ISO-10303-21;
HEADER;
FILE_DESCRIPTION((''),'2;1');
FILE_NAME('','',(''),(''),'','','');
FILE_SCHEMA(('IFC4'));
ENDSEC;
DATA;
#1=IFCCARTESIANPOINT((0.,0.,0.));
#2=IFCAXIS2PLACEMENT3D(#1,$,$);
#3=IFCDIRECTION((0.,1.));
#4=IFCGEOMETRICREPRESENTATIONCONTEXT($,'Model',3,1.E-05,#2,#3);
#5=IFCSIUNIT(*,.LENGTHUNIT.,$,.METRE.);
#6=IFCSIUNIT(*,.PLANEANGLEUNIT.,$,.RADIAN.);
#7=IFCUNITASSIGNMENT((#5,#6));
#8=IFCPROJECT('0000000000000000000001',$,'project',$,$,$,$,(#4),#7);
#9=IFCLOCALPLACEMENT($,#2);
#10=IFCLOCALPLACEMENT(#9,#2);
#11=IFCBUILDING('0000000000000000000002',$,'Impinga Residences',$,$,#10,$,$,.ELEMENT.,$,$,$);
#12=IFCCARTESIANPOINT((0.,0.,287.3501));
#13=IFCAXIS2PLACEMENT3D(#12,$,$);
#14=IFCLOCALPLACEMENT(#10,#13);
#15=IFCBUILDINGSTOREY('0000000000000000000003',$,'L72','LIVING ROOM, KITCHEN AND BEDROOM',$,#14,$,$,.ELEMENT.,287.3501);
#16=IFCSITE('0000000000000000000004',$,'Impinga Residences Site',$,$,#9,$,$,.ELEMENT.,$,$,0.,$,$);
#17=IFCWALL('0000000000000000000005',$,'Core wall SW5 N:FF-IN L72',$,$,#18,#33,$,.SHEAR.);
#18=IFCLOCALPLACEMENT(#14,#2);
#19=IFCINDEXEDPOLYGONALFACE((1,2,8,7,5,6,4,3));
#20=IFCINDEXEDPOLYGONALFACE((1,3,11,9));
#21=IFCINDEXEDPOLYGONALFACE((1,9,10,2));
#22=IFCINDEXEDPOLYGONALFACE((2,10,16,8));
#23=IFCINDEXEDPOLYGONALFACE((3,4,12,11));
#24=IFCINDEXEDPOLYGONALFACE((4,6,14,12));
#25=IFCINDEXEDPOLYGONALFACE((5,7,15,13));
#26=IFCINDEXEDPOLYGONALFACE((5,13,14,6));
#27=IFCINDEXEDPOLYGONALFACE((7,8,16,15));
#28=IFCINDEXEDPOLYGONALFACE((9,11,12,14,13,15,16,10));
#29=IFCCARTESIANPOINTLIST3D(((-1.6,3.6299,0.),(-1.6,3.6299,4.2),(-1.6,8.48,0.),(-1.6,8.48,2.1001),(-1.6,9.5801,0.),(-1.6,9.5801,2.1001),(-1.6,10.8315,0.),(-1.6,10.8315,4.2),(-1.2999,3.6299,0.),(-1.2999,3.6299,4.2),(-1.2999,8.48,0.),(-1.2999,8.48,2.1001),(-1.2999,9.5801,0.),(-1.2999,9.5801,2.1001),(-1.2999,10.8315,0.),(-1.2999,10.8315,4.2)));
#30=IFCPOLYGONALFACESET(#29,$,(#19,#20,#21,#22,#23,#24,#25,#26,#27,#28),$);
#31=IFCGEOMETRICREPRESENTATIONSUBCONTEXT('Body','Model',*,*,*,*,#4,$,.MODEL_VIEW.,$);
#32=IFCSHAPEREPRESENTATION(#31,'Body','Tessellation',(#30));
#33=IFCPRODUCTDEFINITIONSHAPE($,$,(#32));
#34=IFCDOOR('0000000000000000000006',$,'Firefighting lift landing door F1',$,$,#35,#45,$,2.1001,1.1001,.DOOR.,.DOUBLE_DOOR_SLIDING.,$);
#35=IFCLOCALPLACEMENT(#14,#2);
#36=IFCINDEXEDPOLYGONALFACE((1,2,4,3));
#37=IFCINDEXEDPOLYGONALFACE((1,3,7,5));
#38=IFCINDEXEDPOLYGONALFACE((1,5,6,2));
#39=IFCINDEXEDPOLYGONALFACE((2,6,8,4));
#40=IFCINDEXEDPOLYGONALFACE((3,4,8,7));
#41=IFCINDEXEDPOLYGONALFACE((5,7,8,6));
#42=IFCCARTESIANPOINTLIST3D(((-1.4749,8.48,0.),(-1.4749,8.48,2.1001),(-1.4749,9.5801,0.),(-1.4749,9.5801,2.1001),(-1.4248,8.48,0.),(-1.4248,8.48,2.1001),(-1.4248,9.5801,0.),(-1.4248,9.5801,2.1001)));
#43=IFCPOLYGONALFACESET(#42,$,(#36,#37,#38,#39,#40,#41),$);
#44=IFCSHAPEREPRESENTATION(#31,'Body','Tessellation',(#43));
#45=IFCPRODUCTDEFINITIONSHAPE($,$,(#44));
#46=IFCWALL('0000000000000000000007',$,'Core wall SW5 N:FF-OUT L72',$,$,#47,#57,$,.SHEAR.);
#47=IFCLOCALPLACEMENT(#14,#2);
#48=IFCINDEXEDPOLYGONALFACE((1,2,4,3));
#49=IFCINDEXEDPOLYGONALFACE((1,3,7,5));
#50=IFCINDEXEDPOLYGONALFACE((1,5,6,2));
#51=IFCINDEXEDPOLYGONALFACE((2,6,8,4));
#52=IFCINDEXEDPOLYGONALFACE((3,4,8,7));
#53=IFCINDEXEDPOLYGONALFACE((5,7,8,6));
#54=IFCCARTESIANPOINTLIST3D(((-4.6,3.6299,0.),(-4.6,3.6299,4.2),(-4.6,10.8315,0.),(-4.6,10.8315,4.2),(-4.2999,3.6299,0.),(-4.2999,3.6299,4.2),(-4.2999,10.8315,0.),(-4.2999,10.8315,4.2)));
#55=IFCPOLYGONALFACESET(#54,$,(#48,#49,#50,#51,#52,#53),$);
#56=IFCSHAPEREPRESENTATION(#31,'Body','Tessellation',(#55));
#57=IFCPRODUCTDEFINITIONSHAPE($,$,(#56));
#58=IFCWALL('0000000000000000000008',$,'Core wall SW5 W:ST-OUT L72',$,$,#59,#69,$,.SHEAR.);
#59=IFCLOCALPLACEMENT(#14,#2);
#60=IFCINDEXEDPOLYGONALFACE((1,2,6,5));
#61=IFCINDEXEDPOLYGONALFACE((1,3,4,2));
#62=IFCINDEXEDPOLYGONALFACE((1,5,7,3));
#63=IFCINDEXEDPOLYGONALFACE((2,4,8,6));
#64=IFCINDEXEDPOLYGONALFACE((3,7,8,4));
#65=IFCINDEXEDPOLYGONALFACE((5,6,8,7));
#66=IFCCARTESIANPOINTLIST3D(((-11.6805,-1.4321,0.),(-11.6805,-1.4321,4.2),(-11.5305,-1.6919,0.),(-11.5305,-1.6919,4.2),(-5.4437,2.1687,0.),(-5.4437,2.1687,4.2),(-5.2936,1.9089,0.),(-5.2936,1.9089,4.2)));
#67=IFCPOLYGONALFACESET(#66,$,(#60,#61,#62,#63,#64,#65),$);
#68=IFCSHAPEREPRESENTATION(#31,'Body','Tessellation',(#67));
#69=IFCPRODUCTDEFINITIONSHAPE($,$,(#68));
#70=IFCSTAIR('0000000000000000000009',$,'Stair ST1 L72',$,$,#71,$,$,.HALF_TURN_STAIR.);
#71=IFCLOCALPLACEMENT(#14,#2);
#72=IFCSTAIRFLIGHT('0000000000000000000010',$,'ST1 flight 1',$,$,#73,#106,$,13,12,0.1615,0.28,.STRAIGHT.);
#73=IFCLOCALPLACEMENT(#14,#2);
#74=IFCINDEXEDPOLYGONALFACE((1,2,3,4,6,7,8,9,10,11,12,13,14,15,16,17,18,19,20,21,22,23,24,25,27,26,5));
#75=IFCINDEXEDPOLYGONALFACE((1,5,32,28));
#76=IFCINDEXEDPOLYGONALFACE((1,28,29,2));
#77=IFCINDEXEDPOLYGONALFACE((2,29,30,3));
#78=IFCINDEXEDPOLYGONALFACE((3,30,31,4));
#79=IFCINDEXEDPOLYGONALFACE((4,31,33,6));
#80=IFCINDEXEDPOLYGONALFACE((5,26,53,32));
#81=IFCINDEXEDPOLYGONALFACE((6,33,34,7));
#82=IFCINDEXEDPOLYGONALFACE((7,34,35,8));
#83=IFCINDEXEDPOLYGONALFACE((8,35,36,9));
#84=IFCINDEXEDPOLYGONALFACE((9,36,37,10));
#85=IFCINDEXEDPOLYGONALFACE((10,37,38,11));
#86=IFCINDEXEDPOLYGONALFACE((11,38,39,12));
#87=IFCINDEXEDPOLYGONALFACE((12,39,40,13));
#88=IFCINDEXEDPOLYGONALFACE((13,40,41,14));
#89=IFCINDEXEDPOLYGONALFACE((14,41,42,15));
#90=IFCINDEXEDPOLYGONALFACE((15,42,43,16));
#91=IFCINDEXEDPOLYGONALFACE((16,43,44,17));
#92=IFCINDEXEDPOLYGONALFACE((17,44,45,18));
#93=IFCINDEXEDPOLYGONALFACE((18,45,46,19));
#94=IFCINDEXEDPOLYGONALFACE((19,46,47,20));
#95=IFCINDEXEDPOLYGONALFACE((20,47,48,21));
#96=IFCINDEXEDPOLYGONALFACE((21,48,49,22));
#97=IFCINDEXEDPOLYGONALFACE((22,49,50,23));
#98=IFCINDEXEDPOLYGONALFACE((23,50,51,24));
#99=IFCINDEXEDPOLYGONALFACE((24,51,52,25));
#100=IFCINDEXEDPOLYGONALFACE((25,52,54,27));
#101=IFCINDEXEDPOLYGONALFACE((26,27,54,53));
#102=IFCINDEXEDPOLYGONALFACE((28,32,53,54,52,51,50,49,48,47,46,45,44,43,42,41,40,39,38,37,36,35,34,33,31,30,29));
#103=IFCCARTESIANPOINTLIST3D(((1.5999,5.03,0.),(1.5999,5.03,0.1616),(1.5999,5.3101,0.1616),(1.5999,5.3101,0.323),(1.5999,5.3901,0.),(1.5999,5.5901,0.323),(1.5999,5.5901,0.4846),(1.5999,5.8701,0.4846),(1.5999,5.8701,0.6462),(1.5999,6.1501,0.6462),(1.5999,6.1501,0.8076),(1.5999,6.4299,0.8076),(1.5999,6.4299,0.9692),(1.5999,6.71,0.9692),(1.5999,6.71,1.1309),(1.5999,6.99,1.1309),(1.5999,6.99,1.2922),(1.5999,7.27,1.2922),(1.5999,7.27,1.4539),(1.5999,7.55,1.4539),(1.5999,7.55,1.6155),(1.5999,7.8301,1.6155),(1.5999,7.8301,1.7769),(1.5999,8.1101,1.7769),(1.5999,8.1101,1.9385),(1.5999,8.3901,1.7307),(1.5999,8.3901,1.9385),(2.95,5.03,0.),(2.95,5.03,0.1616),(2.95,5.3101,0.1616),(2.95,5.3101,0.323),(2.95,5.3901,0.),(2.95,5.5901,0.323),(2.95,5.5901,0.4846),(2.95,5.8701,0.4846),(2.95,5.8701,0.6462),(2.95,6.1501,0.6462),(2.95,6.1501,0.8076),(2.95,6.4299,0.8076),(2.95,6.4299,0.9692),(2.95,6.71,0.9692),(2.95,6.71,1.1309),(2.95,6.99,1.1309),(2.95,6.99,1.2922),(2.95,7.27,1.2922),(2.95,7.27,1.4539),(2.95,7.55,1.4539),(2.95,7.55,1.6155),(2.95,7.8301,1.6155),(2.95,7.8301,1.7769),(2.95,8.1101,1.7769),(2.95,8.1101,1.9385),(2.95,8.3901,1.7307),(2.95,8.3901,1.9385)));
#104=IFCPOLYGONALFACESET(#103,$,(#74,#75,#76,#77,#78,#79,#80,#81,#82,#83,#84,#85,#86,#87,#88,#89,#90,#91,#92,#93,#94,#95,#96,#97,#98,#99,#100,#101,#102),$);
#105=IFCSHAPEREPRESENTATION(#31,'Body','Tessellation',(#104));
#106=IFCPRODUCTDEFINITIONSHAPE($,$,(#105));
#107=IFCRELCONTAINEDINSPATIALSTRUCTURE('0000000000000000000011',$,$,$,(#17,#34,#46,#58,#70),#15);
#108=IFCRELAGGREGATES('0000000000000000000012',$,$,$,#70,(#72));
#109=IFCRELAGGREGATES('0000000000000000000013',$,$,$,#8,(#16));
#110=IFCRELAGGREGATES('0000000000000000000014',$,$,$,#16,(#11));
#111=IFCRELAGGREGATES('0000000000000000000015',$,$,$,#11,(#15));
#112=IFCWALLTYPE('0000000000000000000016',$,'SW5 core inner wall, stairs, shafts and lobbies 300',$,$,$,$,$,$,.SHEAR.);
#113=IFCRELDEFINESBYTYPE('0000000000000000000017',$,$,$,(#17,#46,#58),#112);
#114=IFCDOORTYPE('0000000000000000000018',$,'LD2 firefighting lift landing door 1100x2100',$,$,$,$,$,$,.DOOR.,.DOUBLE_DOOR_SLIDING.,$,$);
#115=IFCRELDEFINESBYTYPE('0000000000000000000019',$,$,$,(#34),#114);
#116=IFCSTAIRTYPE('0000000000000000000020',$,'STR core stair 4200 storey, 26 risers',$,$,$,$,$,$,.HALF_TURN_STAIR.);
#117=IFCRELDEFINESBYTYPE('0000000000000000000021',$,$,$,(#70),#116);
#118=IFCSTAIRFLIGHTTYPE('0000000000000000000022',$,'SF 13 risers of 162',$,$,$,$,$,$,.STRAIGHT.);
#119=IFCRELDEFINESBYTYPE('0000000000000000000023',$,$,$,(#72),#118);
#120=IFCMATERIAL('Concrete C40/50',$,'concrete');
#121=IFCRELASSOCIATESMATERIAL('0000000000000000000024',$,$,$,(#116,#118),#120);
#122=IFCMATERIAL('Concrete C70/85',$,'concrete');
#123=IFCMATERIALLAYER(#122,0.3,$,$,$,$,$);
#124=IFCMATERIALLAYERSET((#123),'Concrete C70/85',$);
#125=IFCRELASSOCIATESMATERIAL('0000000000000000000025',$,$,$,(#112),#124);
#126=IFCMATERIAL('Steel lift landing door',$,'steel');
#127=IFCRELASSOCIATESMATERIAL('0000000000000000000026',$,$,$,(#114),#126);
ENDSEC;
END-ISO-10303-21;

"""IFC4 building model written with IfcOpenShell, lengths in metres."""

from ifc_helpers import new_model, si_unit, direction, frame, frame_2d, origin, place, context, subcontext, project, spatial, polyline, rectangle, outline, extrude, material, layer, layer_set, type_object, element, fill, aggregate, save


model = new_model("IFC4")

# Units and contexts
model_context = context("Model", 3, precision=1e-05, world=origin(), true_north=direction((0.0, 1.0)))
body_context = subcontext(model_context, "Body", "Model", "MODEL_VIEW")
ifc_project = project(units=[si_unit("LENGTHUNIT", "METRE"), si_unit("PLANEANGLEUNIT", "RADIAN")], contexts=[model_context])

# Site, building, storey
site_placement = place(None, origin())
site = spatial("IfcSite", under=ifc_project, at=site_placement, Name="Impinga Residences Site", CompositionType="ELEMENT", RefElevation=0.0)
building_placement = place(site_placement, origin())
building = spatial("IfcBuilding", under=site, at=building_placement, Name="Impinga Residences", CompositionType="ELEMENT")
storey_placement = place(building_placement, frame((0.0, 0.0, 287.3501)))
storey = spatial("IfcBuildingStorey", under=building, at=storey_placement, Name="L72", Description="LIVING ROOM, KITCHEN AND BEDROOM", CompositionType="ELEMENT", Elevation=287.3501)

# Shared definitions
ifc_material_1 = material(Name="Concrete C40/50", Category="concrete")
stair_type_1 = type_object("IfcStairType", Name="STR core stair 4200 storey, 26 risers", PredefinedType="HALF_TURN_STAIR", material=ifc_material_1)

# Shared definitions
ifc_material_2 = material(Name="Concrete C70/85", Category="concrete")
ifc_layer_1 = layer(ifc_material_2, 0.3)
ifc_layer_set_1 = layer_set([ifc_layer_1], Name="Concrete C70/85")
wall_type = type_object("IfcWallType", Name="SW5 core inner wall, stairs, shafts and lobbies 300", PredefinedType="SHEAR", material=ifc_layer_set_1)

# Wall, opening, door
wall_1_placement = place(storey_placement, frame((-1.45, 3.6299, 0.0), z_axis=(0.0, 0.0, 1.0), x_axis=(0.0, 1.0, 0.0)))
wall_1 = element("IfcWall", 1, at=wall_1_placement, inside=storey, type_object=wall_type, Name="Core wall SW5 N:FF-IN L72", PredefinedType="SHEAR", context=body_context, shape_type="SweptSolid", body=[
    extrude(rectangle(XDim=7.2017, YDim=0.3, at=frame_2d((3.6008, 0.0))), origin(), (0.0, 0.0, 1.0), 4.2),
])
opening_1_placement = place(wall_1_placement, frame((4.8501, 0.0, 0.0)))
opening_1 = element("IfcOpeningElement", 2, at=opening_1_placement, cuts=wall_1, PredefinedType="OPENING", context=body_context, shape_type="SweptSolid", body=[
    extrude(rectangle(XDim=1.1001, YDim=2.1001, at=frame_2d((0.55, 1.05))), frame((0.0, 0.1599, 0.0), z_axis=(0.0, -1.0, 0.0), x_axis=(1.0, 0.0, 0.0)), (0.0, 0.0, 1.0), 0.3201),
])
ifc_material_3 = material(Name="Steel lift landing door", Category="steel")
door_type_1 = type_object("IfcDoorType", Name="LD2 firefighting lift landing door 1100x2100", OperationType="DOUBLE_DOOR_SLIDING", PredefinedType="DOOR", material=ifc_material_3)
door_1_placement = place(opening_1_placement, origin())
door_1 = element("IfcDoor", 3, at=door_1_placement, inside=storey, type_object=door_type_1, Name="Firefighting lift landing door F1", OperationType="DOUBLE_DOOR_SLIDING", OverallHeight=2.1001, OverallWidth=1.1001, PredefinedType="DOOR", context=body_context, shape_type="SweptSolid", body=[
    extrude(rectangle(XDim=1.1001, YDim=2.1001, at=frame_2d((0.55, 1.05))), frame((0.0, 0.0249, 0.0), z_axis=(0.0, -1.0, 0.0), x_axis=(1.0, 0.0, 0.0)), (0.0, 0.0, 1.0), 0.05),
])
fill(opening_1, door_1)

# Walls
for number, where, z_axis, x_axis, name in (
    (4, (-4.45, 3.6299, 0.0), (0.0, 0.0, 1.0), (0.0, 1.0, 0.0), "Core wall SW5 N:FF-OUT L72"),
    (5, (-5.3687, 2.0388, 0.0), (0.0, 0.0, 1.0), (-0.866025, -0.5, 0.0), "Core wall SW5 W:ST-OUT L72"),
):
    element("IfcWall", number, at=place(storey_placement, frame(where, z_axis=z_axis, x_axis=x_axis)), inside=storey, type_object=wall_type, Name=name, PredefinedType="SHEAR", context=body_context, shape_type="SweptSolid", body=[
        extrude(rectangle(XDim=7.2017, YDim=0.3, at=frame_2d((3.6008, 0.0))), origin(), (0.0, 0.0, 1.0), 4.2),
    ])

# Stair, stair flight
stair_1_placement = place(storey_placement, origin())
stair_1 = element("IfcStair", 6, at=stair_1_placement, inside=storey, type_object=stair_type_1, Name="Stair ST1 L72", PredefinedType="HALF_TURN_STAIR")
stair_flight_type = type_object("IfcStairFlightType", Name="SF 13 risers of 162", PredefinedType="STRAIGHT", material=ifc_material_1)
stair_flight_placement = place(storey_placement, frame((2.2749, 5.03, 0.0), z_axis=(0.0, 0.0, 1.0), x_axis=(0.0, 1.0, 0.0)))
stair_flight = element("IfcStairFlight", 7, at=stair_flight_placement, type_object=stair_flight_type, Name="ST1 flight 1", NumberOfRisers=13, NumberOfTreads=12, PredefinedType="STRAIGHT", RiserHeight=0.1615, TreadLength=0.28, context=body_context, shape_type="SweptSolid", body=[
    extrude(outline(polyline([(0.0, 0.0), (0.0, 0.1616), (0.28, 0.1616), (0.28, 0.323), (0.5601, 0.323), (0.5601, 0.4846), (0.8401, 0.4846), (0.8401, 0.6462), (1.1201, 0.6462), (1.1201, 0.8076), (1.3999, 0.8076), (1.3999, 0.9692), (1.6799, 0.9692), (1.6799, 1.1309), (1.96, 1.1309), (1.96, 1.2922), (2.24, 1.2922), (2.24, 1.4539), (2.52, 1.4539), (2.52, 1.6155), (2.8, 1.6155), (2.8, 1.7769), (3.0801, 1.7769), (3.0801, 1.9385), (3.3601, 1.9385), (3.3601, 2.1001), (3.3601, 1.7307), (0.3601, 0.0), (0.0, 0.0)])), frame((0.0, 0.675, 0.0), z_axis=(0.0, -1.0, 0.0), x_axis=(1.0, 0.0, 0.0)), (0.0, 0.0, 1.0), 1.3501),
])
aggregate(stair_1, [stair_flight])

save(model, "model.ifc")
